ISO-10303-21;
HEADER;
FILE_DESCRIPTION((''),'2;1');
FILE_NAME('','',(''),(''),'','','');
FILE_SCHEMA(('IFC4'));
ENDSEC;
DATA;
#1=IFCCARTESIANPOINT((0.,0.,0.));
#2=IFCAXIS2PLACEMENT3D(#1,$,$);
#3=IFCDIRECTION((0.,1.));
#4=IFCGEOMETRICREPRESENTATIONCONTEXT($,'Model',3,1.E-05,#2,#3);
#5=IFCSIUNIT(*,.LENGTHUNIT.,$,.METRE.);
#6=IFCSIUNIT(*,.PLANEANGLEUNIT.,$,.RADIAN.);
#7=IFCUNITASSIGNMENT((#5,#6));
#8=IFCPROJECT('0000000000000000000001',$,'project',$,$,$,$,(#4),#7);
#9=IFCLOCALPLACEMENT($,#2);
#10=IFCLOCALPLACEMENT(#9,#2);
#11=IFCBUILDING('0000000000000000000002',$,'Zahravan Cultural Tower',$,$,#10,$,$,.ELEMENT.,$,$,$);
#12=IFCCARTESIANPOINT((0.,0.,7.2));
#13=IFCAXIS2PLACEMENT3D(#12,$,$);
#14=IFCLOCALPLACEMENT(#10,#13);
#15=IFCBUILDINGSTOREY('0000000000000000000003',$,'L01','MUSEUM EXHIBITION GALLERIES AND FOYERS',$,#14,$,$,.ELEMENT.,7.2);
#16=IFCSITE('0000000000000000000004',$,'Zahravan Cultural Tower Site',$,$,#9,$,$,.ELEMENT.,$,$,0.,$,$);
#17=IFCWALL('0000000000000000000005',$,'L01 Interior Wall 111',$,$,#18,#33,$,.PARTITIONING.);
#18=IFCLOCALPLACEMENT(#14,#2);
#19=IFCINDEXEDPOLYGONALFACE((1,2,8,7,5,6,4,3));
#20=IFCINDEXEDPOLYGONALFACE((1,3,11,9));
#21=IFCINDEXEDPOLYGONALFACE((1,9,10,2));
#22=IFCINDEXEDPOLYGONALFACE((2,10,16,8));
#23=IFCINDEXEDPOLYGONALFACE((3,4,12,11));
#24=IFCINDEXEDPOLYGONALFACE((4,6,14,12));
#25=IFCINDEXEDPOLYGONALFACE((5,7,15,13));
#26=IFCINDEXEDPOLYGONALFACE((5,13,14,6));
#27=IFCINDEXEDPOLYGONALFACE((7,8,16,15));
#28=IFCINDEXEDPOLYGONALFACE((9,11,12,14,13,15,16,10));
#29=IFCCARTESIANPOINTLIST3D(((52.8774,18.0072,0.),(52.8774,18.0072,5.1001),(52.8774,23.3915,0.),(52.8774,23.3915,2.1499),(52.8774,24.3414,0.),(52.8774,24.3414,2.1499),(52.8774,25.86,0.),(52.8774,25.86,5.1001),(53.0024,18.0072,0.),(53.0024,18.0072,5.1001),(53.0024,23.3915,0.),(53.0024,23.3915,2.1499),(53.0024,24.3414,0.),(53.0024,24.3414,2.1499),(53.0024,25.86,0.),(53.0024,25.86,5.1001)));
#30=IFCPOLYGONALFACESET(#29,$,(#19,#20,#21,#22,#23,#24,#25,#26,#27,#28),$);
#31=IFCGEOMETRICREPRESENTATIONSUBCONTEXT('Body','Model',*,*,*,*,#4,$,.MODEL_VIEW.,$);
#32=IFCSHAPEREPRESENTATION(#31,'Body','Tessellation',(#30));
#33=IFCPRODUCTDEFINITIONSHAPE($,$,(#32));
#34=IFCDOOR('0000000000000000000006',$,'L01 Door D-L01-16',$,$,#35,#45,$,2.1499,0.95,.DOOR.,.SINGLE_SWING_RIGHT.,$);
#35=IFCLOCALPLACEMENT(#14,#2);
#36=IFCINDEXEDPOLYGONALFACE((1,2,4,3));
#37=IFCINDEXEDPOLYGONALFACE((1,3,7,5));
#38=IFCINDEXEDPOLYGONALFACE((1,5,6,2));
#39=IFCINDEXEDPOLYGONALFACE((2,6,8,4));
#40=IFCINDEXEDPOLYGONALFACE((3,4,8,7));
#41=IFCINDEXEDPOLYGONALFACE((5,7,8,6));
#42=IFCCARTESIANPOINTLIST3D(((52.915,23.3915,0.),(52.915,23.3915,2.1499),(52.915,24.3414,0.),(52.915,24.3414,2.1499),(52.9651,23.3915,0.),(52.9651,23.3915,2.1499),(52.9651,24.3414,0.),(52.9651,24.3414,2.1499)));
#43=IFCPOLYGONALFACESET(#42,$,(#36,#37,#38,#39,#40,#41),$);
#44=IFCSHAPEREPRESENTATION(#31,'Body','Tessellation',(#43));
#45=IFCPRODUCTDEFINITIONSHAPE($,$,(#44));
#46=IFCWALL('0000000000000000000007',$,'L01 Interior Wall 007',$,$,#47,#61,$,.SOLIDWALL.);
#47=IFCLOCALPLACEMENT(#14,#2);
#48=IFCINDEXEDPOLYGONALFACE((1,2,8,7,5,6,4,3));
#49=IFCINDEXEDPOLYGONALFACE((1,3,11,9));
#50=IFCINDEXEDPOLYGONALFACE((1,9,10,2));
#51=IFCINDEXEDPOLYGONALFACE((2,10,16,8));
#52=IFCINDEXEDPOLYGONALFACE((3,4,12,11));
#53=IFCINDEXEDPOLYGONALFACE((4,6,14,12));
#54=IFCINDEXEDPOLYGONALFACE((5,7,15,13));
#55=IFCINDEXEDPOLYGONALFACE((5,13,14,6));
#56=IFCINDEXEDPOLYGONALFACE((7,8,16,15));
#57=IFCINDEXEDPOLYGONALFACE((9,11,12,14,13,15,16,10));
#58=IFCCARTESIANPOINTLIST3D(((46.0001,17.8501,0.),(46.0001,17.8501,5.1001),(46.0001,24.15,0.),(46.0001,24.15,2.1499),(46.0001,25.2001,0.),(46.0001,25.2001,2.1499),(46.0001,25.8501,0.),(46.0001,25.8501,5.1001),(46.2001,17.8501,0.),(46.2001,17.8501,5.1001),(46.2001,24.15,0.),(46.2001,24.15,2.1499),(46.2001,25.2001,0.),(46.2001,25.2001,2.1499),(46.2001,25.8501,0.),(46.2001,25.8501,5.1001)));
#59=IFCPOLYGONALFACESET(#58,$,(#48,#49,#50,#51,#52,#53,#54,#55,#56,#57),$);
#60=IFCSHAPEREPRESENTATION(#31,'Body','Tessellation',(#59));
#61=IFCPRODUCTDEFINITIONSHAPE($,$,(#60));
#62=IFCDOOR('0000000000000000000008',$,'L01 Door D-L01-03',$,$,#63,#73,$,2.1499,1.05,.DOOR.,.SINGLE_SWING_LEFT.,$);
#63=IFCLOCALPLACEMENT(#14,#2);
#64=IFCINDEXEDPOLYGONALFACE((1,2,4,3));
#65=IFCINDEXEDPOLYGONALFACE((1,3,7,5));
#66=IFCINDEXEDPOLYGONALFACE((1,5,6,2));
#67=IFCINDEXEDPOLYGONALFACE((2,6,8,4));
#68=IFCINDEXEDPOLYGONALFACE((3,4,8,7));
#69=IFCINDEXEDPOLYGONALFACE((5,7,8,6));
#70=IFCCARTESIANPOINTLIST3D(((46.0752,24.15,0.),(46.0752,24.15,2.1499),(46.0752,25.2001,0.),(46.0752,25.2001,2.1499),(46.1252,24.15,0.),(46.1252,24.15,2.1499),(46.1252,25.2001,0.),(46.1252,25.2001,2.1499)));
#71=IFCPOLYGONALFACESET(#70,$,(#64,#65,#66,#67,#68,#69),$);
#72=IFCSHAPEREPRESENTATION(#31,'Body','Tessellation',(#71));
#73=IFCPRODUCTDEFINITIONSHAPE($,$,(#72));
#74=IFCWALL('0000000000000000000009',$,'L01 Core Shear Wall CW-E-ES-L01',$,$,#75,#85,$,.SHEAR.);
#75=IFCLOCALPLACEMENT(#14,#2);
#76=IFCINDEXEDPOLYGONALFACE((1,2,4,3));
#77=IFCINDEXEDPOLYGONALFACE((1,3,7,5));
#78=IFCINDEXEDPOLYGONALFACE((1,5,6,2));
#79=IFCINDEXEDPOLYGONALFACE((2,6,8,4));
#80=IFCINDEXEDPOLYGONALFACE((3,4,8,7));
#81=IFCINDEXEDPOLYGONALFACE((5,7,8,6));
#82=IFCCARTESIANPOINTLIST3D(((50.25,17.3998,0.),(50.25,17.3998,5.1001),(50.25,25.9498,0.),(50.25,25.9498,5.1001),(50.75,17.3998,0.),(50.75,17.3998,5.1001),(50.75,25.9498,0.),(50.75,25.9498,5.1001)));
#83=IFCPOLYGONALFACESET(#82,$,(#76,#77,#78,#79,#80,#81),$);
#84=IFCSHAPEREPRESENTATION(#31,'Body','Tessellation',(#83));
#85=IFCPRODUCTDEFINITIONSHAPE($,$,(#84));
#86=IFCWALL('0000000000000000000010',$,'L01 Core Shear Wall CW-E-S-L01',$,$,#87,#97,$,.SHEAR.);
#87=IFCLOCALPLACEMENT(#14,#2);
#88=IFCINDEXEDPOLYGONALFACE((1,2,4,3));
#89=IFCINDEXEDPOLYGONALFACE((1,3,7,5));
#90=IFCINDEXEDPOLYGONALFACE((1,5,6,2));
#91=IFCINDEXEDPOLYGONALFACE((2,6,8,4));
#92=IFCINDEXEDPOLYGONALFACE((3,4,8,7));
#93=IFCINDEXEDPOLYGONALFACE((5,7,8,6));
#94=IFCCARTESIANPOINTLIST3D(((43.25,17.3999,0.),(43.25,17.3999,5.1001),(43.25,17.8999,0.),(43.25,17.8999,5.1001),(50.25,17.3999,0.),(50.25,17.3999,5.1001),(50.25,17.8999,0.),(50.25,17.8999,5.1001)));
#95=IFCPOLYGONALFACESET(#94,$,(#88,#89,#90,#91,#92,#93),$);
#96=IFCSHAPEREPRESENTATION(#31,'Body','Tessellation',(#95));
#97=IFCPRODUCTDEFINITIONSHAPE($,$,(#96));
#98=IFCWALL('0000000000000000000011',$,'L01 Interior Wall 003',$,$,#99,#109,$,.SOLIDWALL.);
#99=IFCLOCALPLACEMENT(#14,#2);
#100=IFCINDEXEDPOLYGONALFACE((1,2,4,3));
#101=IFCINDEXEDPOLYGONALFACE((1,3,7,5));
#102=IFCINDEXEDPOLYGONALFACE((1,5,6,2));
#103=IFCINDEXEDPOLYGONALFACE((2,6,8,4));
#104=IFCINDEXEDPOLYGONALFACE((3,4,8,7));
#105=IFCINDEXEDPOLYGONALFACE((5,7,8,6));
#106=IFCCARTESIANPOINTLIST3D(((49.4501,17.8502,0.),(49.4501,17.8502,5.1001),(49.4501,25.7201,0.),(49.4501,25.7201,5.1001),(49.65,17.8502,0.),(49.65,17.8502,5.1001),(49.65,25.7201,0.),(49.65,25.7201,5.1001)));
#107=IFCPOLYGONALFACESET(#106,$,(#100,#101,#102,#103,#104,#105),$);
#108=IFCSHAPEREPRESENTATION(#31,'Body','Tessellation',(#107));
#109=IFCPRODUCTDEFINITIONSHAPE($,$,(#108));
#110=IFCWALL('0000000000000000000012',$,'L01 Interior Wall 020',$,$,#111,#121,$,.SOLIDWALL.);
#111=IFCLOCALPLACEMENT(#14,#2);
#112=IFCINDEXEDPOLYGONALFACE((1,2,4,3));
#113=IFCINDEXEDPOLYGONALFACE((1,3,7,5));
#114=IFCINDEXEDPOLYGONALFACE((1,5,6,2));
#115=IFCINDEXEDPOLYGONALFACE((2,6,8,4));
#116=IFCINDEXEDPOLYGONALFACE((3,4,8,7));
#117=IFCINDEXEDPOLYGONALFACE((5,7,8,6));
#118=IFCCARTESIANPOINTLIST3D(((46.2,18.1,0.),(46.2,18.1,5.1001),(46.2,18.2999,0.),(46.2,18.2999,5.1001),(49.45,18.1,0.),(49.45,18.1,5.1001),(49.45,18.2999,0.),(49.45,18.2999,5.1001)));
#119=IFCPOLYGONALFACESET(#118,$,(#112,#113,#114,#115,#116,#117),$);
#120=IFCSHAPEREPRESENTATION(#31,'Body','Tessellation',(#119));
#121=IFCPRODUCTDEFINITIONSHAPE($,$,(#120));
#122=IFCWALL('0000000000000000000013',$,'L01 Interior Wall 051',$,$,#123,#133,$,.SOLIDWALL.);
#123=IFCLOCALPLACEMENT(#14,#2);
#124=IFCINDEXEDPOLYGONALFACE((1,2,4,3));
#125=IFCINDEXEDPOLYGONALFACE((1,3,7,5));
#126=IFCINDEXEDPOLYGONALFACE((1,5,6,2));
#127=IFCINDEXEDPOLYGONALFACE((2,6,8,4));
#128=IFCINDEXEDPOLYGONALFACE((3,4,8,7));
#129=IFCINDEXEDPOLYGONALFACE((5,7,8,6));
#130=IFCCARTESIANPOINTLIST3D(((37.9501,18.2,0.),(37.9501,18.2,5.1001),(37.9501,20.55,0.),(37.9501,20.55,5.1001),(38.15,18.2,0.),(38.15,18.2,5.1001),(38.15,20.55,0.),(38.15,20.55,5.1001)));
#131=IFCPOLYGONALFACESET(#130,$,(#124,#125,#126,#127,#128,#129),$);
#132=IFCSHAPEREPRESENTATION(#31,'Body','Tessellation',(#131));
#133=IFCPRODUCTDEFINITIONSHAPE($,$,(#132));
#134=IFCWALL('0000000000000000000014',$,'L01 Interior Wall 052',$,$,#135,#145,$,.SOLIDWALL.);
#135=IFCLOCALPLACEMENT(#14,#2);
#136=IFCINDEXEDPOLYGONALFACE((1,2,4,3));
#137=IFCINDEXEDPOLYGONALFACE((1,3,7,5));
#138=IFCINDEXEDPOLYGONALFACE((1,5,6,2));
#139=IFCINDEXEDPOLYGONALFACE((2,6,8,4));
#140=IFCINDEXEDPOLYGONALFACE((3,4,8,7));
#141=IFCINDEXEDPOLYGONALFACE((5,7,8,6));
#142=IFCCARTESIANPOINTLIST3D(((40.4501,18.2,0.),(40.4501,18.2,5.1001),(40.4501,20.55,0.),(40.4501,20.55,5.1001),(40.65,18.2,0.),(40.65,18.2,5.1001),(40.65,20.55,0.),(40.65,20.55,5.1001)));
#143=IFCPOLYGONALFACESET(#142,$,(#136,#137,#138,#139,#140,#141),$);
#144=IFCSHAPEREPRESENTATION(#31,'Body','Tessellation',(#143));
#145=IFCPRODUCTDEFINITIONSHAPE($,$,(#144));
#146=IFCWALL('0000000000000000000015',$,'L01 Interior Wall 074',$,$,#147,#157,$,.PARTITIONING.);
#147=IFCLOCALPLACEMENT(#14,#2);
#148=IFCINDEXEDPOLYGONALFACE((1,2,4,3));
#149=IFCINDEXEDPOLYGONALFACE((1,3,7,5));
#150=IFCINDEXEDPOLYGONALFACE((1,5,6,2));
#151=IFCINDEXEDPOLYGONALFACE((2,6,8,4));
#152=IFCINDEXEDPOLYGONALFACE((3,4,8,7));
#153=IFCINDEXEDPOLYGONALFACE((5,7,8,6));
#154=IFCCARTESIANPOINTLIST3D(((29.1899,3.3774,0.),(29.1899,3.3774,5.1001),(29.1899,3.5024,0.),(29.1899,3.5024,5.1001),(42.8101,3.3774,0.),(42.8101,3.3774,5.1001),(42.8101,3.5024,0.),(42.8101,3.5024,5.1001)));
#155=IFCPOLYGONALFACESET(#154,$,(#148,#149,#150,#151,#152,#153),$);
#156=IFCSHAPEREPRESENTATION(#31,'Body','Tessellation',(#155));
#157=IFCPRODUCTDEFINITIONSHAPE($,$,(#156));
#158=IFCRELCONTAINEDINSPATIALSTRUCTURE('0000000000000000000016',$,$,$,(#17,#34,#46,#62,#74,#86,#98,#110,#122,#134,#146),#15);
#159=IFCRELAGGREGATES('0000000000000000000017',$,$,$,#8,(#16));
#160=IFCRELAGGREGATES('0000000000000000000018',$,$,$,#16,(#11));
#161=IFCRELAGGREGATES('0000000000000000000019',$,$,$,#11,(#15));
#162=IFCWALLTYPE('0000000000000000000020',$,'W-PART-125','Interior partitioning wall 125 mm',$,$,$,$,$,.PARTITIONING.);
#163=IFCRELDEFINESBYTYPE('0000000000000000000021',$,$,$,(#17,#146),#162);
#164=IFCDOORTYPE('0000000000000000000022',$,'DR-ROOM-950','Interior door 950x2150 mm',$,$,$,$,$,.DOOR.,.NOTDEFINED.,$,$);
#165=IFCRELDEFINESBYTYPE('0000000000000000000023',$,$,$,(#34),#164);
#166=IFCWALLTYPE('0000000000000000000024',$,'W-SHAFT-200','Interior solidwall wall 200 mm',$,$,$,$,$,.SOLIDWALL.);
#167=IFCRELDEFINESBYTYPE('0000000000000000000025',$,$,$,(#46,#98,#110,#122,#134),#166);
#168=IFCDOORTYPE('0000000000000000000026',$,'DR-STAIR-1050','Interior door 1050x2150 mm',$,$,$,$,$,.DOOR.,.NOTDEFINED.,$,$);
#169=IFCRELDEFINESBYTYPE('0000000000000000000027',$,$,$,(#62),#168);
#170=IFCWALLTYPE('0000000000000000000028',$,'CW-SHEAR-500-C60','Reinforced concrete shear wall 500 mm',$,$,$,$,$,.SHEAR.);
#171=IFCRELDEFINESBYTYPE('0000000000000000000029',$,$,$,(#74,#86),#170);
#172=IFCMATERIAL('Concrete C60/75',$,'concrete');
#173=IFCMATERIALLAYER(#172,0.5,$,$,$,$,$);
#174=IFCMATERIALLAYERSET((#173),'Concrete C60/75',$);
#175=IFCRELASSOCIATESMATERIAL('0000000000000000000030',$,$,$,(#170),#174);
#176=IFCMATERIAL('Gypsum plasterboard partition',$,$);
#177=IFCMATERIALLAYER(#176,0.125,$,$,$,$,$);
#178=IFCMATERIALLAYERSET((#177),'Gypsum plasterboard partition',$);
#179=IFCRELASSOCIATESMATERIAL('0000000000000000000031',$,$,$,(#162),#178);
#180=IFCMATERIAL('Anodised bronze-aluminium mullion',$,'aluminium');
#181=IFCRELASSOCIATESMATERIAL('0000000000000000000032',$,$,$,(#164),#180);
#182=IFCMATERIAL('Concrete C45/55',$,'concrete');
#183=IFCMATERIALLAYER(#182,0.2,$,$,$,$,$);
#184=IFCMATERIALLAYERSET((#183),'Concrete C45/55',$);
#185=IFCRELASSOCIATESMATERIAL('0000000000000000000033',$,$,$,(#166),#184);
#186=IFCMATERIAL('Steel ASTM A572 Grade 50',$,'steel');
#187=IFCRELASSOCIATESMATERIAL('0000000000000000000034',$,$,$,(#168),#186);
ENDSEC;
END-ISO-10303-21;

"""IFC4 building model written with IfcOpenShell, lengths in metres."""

from ifc_helpers import new_model, si_unit, direction, frame, frame_2d, origin, place, context, subcontext, project, spatial, rectangle, extrude, source, transform, mapped, material, layer, layer_set, type_object, element, fill, save


model = new_model("IFC4")

# Units and contexts
model_context = context("Model", 3, precision=1e-05, world=origin(), true_north=direction((0.0, 1.0)))
body_context = subcontext(model_context, "Body", "Model", "MODEL_VIEW")
ifc_project = project(units=[si_unit("LENGTHUNIT", "METRE"), si_unit("PLANEANGLEUNIT", "RADIAN")], contexts=[model_context])

# Site, building, storey
site_placement = place(None, origin())
site = spatial("IfcSite", under=ifc_project, at=site_placement, Name="Zahravan Cultural Tower Site", CompositionType="ELEMENT", RefElevation=0.0)
building_placement = place(site_placement, origin())
building = spatial("IfcBuilding", under=site, at=building_placement, Name="Zahravan Cultural Tower", CompositionType="ELEMENT")
storey_placement = place(building_placement, frame((0.0, 0.0, 7.2)))
storey = spatial("IfcBuildingStorey", under=building, at=storey_placement, Name="L01", Description="MUSEUM EXHIBITION GALLERIES AND FOYERS", CompositionType="ELEMENT", Elevation=7.2)

# Shared definitions
ifc_material_1 = material(Name="Concrete C60/75", Category="concrete")
ifc_material_2 = material(Name="Steel ASTM A572 Grade 50", Category="steel")

# Shared definitions
ifc_layer_1 = layer(ifc_material_1, 0.5)
ifc_layer_set_1 = layer_set([ifc_layer_1], Name="Concrete C60/75")
wall_type_1 = type_object("IfcWallType", Name="CW-SHEAR-500-C60", Description="Reinforced concrete shear wall 500 mm", PredefinedType="SHEAR", material=ifc_layer_set_1)

# Walls, openings, doors
ifc_material_3 = material(Name="Gypsum plasterboard partition")
ifc_layer_2 = layer(ifc_material_3, 0.125)
ifc_layer_set_2 = layer_set([ifc_layer_2], Name="Gypsum plasterboard partition")
wall_type_2 = type_object("IfcWallType", Name="W-PART-125", Description="Interior partitioning wall 125 mm", PredefinedType="PARTITIONING", material=ifc_layer_set_2)
wall_1_placement = place(storey_placement, frame((52.9399, 18.0073, 0.0), z_axis=(0.0, 0.0, 1.0), x_axis=(0.0, 1.0, 0.0)))
wall_1 = element("IfcWall", 1, at=wall_1_placement, inside=storey, type_object=wall_type_2, Name="L01 Interior Wall 111", PredefinedType="PARTITIONING", context=body_context, shape_type="SweptSolid", body=[
    extrude(rectangle(XDim=7.8528, YDim=0.125, at=frame_2d((3.9263, 0.0))), origin(), (0.0, 0.0, 1.0), 5.1001),
])
opening_1_placement = place(wall_1_placement, frame((5.384, 0.0, 0.0)))
opening_1 = element("IfcOpeningElement", 2, at=opening_1_placement, cuts=wall_1, PredefinedType="OPENING", context=body_context, shape_type="SweptSolid", body=[
    extrude(rectangle(XDim=0.95, YDim=2.1499, at=frame_2d((0.4751, 1.075))), frame((0.0, 0.0725, 0.0), z_axis=(0.0, -1.0, 0.0), x_axis=(1.0, 0.0, 0.0)), (0.0, 0.0, 1.0), 0.145),
])
ifc_material_4 = material(Name="Anodised bronze-aluminium mullion", Category="aluminium")
door_type_1 = type_object("IfcDoorType", Name="DR-ROOM-950", Description="Interior door 950x2150 mm", OperationType="NOTDEFINED", PredefinedType="DOOR", material=ifc_material_4)
shared_shape_1 = source(origin(), body_context, "Body", "SweptSolid", [
    extrude(rectangle(XDim=0.95, YDim=2.1499, at=frame_2d((0.4751, 1.075))), frame((0.0, 0.0249, 0.0), z_axis=(0.0, -1.0, 0.0), x_axis=(1.0, 0.0, 0.0)), (0.0, 0.0, 1.0), 0.05),
])
door_1_placement = place(opening_1_placement, origin())
door_1 = element("IfcDoor", 3, at=door_1_placement, inside=storey, type_object=door_type_1, Name="L01 Door D-L01-16", OperationType="SINGLE_SWING_RIGHT", OverallHeight=2.1499, OverallWidth=0.95, PredefinedType="DOOR", context=body_context, shape_type="MappedRepresentation", body=[
    mapped(shared_shape_1, transform((0.0, 0.0, 0.0), x_axis=(1.0, 0.0, 0.0), y_axis=(0.0, 1.0, 0.0), z_axis=(0.0, 0.0, 1.0), scale=1.0)),
])
fill(opening_1, door_1)
ifc_material_5 = material(Name="Concrete C45/55", Category="concrete")
ifc_layer_3 = layer(ifc_material_5, 0.2)
ifc_layer_set_3 = layer_set([ifc_layer_3], Name="Concrete C45/55")
wall_type_3 = type_object("IfcWallType", Name="W-SHAFT-200", Description="Interior solidwall wall 200 mm", PredefinedType="SOLIDWALL", material=ifc_layer_set_3)
wall_2_placement = place(storey_placement, frame((46.1001, 17.8501, 0.0), z_axis=(0.0, 0.0, 1.0), x_axis=(0.0, 1.0, 0.0)))
wall_2 = element("IfcWall", 4, at=wall_2_placement, inside=storey, type_object=wall_type_3, Name="L01 Interior Wall 007", PredefinedType="SOLIDWALL", context=body_context, shape_type="SweptSolid", body=[
    extrude(rectangle(XDim=8.0, YDim=0.2, at=frame_2d((4.0, 0.0))), origin(), (0.0, 0.0, 1.0), 5.1001),
])
opening_2_placement = place(wall_2_placement, frame((6.3, 0.0, 0.0)))
opening_2 = element("IfcOpeningElement", 5, at=opening_2_placement, cuts=wall_2, PredefinedType="OPENING", context=body_context, shape_type="SweptSolid", body=[
    extrude(rectangle(XDim=1.05, YDim=2.1499, at=frame_2d((0.5249, 1.075))), frame((0.0, 0.1099, 0.0), z_axis=(0.0, -1.0, 0.0), x_axis=(1.0, 0.0, 0.0)), (0.0, 0.0, 1.0), 0.22),
])
door_type_2 = type_object("IfcDoorType", Name="DR-STAIR-1050", Description="Interior door 1050x2150 mm", OperationType="NOTDEFINED", PredefinedType="DOOR", material=ifc_material_2)
shared_shape_2 = source(origin(), body_context, "Body", "SweptSolid", [
    extrude(rectangle(XDim=1.05, YDim=2.1499, at=frame_2d((0.5249, 1.075))), frame((0.0, 0.0249, 0.0), z_axis=(0.0, -1.0, 0.0), x_axis=(1.0, 0.0, 0.0)), (0.0, 0.0, 1.0), 0.05),
])
door_2_placement = place(opening_2_placement, origin())
door_2 = element("IfcDoor", 6, at=door_2_placement, inside=storey, type_object=door_type_2, Name="L01 Door D-L01-03", OperationType="SINGLE_SWING_LEFT", OverallHeight=2.1499, OverallWidth=1.05, PredefinedType="DOOR", context=body_context, shape_type="MappedRepresentation", body=[
    mapped(shared_shape_2, transform((0.0, 0.0, 0.0), x_axis=(1.0, 0.0, 0.0), y_axis=(0.0, 1.0, 0.0), z_axis=(0.0, 0.0, 1.0), scale=1.0)),
])
fill(opening_2, door_2)

# Walls
shared_shape_3 = source(origin(), body_context, "Body", "SweptSolid", [
    extrude(rectangle(XDim=8.55, YDim=0.5, at=frame_2d((4.2749, 0.0))), origin(), (0.0, 0.0, 1.0), 5.1001),
])
wall_3_placement = place(storey_placement, frame((50.5, 17.3999, 0.0), z_axis=(0.0, 0.0, 1.0), x_axis=(0.0, 1.0, 0.0)))
element("IfcWall", 7, at=wall_3_placement, inside=storey, type_object=wall_type_1, Name="L01 Core Shear Wall CW-E-ES-L01", PredefinedType="SHEAR", context=body_context, shape_type="MappedRepresentation", body=[
    mapped(shared_shape_3, transform((0.0, 0.0, 0.0), x_axis=(1.0, 0.0, 0.0), y_axis=(0.0, 1.0, 0.0), z_axis=(0.0, 0.0, 1.0), scale=1.0)),
])
shared_shape_4 = source(origin(), body_context, "Body", "SweptSolid", [
    extrude(rectangle(XDim=7.0, YDim=0.5, at=frame_2d((3.5, 0.0))), origin(), (0.0, 0.0, 1.0), 5.1001),
])
wall_4_placement = place(storey_placement, frame((43.25, 17.6499, 0.0), z_axis=(0.0, 0.0, 1.0), x_axis=(1.0, 0.0, 0.0)))
element("IfcWall", 8, at=wall_4_placement, inside=storey, type_object=wall_type_1, Name="L01 Core Shear Wall CW-E-S-L01", PredefinedType="SHEAR", context=body_context, shape_type="MappedRepresentation", body=[
    mapped(shared_shape_4, transform((0.0, 0.0, 0.0), x_axis=(1.0, 0.0, 0.0), y_axis=(0.0, 1.0, 0.0), z_axis=(0.0, 0.0, 1.0), scale=1.0)),
])
shared_shape_5 = source(origin(), body_context, "Body", "SweptSolid", [
    extrude(rectangle(XDim=7.8699, YDim=0.2, at=frame_2d((3.9351, 0.0))), origin(), (0.0, 0.0, 1.0), 5.1001),
])
wall_5_placement = place(storey_placement, frame((49.55, 17.8501, 0.0), z_axis=(0.0, 0.0, 1.0), x_axis=(0.0, 1.0, 0.0)))
element("IfcWall", 9, at=wall_5_placement, inside=storey, type_object=wall_type_3, Name="L01 Interior Wall 003", PredefinedType="SOLIDWALL", context=body_context, shape_type="MappedRepresentation", body=[
    mapped(shared_shape_5, transform((0.0, 0.0, 0.0), x_axis=(1.0, 0.0, 0.0), y_axis=(0.0, 1.0, 0.0), z_axis=(0.0, 0.0, 1.0), scale=1.0)),
])
shared_shape_6 = source(origin(), body_context, "Body", "SweptSolid", [
    extrude(rectangle(XDim=3.25, YDim=0.2, at=frame_2d((1.625, 0.0))), origin(), (0.0, 0.0, 1.0), 5.1001),
])
wall_6_placement = place(storey_placement, frame((46.2, 18.2, 0.0), z_axis=(0.0, 0.0, 1.0), x_axis=(1.0, 0.0, 0.0)))
element("IfcWall", 10, at=wall_6_placement, inside=storey, type_object=wall_type_3, Name="L01 Interior Wall 020", PredefinedType="SOLIDWALL", context=body_context, shape_type="MappedRepresentation", body=[
    mapped(shared_shape_6, transform((0.0, 0.0, 0.0), x_axis=(1.0, 0.0, 0.0), y_axis=(0.0, 1.0, 0.0), z_axis=(0.0, 0.0, 1.0), scale=1.0)),
])
shared_shape_7 = source(origin(), body_context, "Body", "SweptSolid", [
    extrude(rectangle(XDim=2.3501, YDim=0.2, at=frame_2d((1.175, 0.0))), origin(), (0.0, 0.0, 1.0), 5.1001),
])
for number, where, z_axis, x_axis, name in (
    (11, (38.05, 18.2, 0.0), (0.0, 0.0, 1.0), (0.0, 1.0, 0.0), "L01 Interior Wall 051"),
    (12, (40.55, 18.2, 0.0), (0.0, 0.0, 1.0), (0.0, 1.0, 0.0), "L01 Interior Wall 052"),
):
    element("IfcWall", number, at=place(storey_placement, frame(where, z_axis=z_axis, x_axis=x_axis)), inside=storey, type_object=wall_type_3, Name=name, PredefinedType="SOLIDWALL", context=body_context, shape_type="MappedRepresentation", body=[
        mapped(shared_shape_7, transform((0.0, 0.0, 0.0), x_axis=(1.0, 0.0, 0.0), y_axis=(0.0, 1.0, 0.0), z_axis=(0.0, 0.0, 1.0), scale=1.0)),
    ])
shared_shape_8 = source(origin(), body_context, "Body", "SweptSolid", [
    extrude(rectangle(XDim=13.6201, YDim=0.125, at=frame_2d((6.8101, 0.0))), origin(), (0.0, 0.0, 1.0), 5.1001),
])
wall_7_placement = place(storey_placement, frame((42.8101, 3.4399, 0.0), z_axis=(0.0, 0.0, 1.0), x_axis=(-1.0, 0.0, 0.0)))
element("IfcWall", 13, at=wall_7_placement, inside=storey, type_object=wall_type_2, Name="L01 Interior Wall 074", PredefinedType="PARTITIONING", context=body_context, shape_type="MappedRepresentation", body=[
    mapped(shared_shape_8, transform((0.0, 0.0, 0.0), x_axis=(1.0, 0.0, 0.0), y_axis=(0.0, 1.0, 0.0), z_axis=(0.0, 0.0, 1.0), scale=1.0)),
])

save(model, "model.ifc")
